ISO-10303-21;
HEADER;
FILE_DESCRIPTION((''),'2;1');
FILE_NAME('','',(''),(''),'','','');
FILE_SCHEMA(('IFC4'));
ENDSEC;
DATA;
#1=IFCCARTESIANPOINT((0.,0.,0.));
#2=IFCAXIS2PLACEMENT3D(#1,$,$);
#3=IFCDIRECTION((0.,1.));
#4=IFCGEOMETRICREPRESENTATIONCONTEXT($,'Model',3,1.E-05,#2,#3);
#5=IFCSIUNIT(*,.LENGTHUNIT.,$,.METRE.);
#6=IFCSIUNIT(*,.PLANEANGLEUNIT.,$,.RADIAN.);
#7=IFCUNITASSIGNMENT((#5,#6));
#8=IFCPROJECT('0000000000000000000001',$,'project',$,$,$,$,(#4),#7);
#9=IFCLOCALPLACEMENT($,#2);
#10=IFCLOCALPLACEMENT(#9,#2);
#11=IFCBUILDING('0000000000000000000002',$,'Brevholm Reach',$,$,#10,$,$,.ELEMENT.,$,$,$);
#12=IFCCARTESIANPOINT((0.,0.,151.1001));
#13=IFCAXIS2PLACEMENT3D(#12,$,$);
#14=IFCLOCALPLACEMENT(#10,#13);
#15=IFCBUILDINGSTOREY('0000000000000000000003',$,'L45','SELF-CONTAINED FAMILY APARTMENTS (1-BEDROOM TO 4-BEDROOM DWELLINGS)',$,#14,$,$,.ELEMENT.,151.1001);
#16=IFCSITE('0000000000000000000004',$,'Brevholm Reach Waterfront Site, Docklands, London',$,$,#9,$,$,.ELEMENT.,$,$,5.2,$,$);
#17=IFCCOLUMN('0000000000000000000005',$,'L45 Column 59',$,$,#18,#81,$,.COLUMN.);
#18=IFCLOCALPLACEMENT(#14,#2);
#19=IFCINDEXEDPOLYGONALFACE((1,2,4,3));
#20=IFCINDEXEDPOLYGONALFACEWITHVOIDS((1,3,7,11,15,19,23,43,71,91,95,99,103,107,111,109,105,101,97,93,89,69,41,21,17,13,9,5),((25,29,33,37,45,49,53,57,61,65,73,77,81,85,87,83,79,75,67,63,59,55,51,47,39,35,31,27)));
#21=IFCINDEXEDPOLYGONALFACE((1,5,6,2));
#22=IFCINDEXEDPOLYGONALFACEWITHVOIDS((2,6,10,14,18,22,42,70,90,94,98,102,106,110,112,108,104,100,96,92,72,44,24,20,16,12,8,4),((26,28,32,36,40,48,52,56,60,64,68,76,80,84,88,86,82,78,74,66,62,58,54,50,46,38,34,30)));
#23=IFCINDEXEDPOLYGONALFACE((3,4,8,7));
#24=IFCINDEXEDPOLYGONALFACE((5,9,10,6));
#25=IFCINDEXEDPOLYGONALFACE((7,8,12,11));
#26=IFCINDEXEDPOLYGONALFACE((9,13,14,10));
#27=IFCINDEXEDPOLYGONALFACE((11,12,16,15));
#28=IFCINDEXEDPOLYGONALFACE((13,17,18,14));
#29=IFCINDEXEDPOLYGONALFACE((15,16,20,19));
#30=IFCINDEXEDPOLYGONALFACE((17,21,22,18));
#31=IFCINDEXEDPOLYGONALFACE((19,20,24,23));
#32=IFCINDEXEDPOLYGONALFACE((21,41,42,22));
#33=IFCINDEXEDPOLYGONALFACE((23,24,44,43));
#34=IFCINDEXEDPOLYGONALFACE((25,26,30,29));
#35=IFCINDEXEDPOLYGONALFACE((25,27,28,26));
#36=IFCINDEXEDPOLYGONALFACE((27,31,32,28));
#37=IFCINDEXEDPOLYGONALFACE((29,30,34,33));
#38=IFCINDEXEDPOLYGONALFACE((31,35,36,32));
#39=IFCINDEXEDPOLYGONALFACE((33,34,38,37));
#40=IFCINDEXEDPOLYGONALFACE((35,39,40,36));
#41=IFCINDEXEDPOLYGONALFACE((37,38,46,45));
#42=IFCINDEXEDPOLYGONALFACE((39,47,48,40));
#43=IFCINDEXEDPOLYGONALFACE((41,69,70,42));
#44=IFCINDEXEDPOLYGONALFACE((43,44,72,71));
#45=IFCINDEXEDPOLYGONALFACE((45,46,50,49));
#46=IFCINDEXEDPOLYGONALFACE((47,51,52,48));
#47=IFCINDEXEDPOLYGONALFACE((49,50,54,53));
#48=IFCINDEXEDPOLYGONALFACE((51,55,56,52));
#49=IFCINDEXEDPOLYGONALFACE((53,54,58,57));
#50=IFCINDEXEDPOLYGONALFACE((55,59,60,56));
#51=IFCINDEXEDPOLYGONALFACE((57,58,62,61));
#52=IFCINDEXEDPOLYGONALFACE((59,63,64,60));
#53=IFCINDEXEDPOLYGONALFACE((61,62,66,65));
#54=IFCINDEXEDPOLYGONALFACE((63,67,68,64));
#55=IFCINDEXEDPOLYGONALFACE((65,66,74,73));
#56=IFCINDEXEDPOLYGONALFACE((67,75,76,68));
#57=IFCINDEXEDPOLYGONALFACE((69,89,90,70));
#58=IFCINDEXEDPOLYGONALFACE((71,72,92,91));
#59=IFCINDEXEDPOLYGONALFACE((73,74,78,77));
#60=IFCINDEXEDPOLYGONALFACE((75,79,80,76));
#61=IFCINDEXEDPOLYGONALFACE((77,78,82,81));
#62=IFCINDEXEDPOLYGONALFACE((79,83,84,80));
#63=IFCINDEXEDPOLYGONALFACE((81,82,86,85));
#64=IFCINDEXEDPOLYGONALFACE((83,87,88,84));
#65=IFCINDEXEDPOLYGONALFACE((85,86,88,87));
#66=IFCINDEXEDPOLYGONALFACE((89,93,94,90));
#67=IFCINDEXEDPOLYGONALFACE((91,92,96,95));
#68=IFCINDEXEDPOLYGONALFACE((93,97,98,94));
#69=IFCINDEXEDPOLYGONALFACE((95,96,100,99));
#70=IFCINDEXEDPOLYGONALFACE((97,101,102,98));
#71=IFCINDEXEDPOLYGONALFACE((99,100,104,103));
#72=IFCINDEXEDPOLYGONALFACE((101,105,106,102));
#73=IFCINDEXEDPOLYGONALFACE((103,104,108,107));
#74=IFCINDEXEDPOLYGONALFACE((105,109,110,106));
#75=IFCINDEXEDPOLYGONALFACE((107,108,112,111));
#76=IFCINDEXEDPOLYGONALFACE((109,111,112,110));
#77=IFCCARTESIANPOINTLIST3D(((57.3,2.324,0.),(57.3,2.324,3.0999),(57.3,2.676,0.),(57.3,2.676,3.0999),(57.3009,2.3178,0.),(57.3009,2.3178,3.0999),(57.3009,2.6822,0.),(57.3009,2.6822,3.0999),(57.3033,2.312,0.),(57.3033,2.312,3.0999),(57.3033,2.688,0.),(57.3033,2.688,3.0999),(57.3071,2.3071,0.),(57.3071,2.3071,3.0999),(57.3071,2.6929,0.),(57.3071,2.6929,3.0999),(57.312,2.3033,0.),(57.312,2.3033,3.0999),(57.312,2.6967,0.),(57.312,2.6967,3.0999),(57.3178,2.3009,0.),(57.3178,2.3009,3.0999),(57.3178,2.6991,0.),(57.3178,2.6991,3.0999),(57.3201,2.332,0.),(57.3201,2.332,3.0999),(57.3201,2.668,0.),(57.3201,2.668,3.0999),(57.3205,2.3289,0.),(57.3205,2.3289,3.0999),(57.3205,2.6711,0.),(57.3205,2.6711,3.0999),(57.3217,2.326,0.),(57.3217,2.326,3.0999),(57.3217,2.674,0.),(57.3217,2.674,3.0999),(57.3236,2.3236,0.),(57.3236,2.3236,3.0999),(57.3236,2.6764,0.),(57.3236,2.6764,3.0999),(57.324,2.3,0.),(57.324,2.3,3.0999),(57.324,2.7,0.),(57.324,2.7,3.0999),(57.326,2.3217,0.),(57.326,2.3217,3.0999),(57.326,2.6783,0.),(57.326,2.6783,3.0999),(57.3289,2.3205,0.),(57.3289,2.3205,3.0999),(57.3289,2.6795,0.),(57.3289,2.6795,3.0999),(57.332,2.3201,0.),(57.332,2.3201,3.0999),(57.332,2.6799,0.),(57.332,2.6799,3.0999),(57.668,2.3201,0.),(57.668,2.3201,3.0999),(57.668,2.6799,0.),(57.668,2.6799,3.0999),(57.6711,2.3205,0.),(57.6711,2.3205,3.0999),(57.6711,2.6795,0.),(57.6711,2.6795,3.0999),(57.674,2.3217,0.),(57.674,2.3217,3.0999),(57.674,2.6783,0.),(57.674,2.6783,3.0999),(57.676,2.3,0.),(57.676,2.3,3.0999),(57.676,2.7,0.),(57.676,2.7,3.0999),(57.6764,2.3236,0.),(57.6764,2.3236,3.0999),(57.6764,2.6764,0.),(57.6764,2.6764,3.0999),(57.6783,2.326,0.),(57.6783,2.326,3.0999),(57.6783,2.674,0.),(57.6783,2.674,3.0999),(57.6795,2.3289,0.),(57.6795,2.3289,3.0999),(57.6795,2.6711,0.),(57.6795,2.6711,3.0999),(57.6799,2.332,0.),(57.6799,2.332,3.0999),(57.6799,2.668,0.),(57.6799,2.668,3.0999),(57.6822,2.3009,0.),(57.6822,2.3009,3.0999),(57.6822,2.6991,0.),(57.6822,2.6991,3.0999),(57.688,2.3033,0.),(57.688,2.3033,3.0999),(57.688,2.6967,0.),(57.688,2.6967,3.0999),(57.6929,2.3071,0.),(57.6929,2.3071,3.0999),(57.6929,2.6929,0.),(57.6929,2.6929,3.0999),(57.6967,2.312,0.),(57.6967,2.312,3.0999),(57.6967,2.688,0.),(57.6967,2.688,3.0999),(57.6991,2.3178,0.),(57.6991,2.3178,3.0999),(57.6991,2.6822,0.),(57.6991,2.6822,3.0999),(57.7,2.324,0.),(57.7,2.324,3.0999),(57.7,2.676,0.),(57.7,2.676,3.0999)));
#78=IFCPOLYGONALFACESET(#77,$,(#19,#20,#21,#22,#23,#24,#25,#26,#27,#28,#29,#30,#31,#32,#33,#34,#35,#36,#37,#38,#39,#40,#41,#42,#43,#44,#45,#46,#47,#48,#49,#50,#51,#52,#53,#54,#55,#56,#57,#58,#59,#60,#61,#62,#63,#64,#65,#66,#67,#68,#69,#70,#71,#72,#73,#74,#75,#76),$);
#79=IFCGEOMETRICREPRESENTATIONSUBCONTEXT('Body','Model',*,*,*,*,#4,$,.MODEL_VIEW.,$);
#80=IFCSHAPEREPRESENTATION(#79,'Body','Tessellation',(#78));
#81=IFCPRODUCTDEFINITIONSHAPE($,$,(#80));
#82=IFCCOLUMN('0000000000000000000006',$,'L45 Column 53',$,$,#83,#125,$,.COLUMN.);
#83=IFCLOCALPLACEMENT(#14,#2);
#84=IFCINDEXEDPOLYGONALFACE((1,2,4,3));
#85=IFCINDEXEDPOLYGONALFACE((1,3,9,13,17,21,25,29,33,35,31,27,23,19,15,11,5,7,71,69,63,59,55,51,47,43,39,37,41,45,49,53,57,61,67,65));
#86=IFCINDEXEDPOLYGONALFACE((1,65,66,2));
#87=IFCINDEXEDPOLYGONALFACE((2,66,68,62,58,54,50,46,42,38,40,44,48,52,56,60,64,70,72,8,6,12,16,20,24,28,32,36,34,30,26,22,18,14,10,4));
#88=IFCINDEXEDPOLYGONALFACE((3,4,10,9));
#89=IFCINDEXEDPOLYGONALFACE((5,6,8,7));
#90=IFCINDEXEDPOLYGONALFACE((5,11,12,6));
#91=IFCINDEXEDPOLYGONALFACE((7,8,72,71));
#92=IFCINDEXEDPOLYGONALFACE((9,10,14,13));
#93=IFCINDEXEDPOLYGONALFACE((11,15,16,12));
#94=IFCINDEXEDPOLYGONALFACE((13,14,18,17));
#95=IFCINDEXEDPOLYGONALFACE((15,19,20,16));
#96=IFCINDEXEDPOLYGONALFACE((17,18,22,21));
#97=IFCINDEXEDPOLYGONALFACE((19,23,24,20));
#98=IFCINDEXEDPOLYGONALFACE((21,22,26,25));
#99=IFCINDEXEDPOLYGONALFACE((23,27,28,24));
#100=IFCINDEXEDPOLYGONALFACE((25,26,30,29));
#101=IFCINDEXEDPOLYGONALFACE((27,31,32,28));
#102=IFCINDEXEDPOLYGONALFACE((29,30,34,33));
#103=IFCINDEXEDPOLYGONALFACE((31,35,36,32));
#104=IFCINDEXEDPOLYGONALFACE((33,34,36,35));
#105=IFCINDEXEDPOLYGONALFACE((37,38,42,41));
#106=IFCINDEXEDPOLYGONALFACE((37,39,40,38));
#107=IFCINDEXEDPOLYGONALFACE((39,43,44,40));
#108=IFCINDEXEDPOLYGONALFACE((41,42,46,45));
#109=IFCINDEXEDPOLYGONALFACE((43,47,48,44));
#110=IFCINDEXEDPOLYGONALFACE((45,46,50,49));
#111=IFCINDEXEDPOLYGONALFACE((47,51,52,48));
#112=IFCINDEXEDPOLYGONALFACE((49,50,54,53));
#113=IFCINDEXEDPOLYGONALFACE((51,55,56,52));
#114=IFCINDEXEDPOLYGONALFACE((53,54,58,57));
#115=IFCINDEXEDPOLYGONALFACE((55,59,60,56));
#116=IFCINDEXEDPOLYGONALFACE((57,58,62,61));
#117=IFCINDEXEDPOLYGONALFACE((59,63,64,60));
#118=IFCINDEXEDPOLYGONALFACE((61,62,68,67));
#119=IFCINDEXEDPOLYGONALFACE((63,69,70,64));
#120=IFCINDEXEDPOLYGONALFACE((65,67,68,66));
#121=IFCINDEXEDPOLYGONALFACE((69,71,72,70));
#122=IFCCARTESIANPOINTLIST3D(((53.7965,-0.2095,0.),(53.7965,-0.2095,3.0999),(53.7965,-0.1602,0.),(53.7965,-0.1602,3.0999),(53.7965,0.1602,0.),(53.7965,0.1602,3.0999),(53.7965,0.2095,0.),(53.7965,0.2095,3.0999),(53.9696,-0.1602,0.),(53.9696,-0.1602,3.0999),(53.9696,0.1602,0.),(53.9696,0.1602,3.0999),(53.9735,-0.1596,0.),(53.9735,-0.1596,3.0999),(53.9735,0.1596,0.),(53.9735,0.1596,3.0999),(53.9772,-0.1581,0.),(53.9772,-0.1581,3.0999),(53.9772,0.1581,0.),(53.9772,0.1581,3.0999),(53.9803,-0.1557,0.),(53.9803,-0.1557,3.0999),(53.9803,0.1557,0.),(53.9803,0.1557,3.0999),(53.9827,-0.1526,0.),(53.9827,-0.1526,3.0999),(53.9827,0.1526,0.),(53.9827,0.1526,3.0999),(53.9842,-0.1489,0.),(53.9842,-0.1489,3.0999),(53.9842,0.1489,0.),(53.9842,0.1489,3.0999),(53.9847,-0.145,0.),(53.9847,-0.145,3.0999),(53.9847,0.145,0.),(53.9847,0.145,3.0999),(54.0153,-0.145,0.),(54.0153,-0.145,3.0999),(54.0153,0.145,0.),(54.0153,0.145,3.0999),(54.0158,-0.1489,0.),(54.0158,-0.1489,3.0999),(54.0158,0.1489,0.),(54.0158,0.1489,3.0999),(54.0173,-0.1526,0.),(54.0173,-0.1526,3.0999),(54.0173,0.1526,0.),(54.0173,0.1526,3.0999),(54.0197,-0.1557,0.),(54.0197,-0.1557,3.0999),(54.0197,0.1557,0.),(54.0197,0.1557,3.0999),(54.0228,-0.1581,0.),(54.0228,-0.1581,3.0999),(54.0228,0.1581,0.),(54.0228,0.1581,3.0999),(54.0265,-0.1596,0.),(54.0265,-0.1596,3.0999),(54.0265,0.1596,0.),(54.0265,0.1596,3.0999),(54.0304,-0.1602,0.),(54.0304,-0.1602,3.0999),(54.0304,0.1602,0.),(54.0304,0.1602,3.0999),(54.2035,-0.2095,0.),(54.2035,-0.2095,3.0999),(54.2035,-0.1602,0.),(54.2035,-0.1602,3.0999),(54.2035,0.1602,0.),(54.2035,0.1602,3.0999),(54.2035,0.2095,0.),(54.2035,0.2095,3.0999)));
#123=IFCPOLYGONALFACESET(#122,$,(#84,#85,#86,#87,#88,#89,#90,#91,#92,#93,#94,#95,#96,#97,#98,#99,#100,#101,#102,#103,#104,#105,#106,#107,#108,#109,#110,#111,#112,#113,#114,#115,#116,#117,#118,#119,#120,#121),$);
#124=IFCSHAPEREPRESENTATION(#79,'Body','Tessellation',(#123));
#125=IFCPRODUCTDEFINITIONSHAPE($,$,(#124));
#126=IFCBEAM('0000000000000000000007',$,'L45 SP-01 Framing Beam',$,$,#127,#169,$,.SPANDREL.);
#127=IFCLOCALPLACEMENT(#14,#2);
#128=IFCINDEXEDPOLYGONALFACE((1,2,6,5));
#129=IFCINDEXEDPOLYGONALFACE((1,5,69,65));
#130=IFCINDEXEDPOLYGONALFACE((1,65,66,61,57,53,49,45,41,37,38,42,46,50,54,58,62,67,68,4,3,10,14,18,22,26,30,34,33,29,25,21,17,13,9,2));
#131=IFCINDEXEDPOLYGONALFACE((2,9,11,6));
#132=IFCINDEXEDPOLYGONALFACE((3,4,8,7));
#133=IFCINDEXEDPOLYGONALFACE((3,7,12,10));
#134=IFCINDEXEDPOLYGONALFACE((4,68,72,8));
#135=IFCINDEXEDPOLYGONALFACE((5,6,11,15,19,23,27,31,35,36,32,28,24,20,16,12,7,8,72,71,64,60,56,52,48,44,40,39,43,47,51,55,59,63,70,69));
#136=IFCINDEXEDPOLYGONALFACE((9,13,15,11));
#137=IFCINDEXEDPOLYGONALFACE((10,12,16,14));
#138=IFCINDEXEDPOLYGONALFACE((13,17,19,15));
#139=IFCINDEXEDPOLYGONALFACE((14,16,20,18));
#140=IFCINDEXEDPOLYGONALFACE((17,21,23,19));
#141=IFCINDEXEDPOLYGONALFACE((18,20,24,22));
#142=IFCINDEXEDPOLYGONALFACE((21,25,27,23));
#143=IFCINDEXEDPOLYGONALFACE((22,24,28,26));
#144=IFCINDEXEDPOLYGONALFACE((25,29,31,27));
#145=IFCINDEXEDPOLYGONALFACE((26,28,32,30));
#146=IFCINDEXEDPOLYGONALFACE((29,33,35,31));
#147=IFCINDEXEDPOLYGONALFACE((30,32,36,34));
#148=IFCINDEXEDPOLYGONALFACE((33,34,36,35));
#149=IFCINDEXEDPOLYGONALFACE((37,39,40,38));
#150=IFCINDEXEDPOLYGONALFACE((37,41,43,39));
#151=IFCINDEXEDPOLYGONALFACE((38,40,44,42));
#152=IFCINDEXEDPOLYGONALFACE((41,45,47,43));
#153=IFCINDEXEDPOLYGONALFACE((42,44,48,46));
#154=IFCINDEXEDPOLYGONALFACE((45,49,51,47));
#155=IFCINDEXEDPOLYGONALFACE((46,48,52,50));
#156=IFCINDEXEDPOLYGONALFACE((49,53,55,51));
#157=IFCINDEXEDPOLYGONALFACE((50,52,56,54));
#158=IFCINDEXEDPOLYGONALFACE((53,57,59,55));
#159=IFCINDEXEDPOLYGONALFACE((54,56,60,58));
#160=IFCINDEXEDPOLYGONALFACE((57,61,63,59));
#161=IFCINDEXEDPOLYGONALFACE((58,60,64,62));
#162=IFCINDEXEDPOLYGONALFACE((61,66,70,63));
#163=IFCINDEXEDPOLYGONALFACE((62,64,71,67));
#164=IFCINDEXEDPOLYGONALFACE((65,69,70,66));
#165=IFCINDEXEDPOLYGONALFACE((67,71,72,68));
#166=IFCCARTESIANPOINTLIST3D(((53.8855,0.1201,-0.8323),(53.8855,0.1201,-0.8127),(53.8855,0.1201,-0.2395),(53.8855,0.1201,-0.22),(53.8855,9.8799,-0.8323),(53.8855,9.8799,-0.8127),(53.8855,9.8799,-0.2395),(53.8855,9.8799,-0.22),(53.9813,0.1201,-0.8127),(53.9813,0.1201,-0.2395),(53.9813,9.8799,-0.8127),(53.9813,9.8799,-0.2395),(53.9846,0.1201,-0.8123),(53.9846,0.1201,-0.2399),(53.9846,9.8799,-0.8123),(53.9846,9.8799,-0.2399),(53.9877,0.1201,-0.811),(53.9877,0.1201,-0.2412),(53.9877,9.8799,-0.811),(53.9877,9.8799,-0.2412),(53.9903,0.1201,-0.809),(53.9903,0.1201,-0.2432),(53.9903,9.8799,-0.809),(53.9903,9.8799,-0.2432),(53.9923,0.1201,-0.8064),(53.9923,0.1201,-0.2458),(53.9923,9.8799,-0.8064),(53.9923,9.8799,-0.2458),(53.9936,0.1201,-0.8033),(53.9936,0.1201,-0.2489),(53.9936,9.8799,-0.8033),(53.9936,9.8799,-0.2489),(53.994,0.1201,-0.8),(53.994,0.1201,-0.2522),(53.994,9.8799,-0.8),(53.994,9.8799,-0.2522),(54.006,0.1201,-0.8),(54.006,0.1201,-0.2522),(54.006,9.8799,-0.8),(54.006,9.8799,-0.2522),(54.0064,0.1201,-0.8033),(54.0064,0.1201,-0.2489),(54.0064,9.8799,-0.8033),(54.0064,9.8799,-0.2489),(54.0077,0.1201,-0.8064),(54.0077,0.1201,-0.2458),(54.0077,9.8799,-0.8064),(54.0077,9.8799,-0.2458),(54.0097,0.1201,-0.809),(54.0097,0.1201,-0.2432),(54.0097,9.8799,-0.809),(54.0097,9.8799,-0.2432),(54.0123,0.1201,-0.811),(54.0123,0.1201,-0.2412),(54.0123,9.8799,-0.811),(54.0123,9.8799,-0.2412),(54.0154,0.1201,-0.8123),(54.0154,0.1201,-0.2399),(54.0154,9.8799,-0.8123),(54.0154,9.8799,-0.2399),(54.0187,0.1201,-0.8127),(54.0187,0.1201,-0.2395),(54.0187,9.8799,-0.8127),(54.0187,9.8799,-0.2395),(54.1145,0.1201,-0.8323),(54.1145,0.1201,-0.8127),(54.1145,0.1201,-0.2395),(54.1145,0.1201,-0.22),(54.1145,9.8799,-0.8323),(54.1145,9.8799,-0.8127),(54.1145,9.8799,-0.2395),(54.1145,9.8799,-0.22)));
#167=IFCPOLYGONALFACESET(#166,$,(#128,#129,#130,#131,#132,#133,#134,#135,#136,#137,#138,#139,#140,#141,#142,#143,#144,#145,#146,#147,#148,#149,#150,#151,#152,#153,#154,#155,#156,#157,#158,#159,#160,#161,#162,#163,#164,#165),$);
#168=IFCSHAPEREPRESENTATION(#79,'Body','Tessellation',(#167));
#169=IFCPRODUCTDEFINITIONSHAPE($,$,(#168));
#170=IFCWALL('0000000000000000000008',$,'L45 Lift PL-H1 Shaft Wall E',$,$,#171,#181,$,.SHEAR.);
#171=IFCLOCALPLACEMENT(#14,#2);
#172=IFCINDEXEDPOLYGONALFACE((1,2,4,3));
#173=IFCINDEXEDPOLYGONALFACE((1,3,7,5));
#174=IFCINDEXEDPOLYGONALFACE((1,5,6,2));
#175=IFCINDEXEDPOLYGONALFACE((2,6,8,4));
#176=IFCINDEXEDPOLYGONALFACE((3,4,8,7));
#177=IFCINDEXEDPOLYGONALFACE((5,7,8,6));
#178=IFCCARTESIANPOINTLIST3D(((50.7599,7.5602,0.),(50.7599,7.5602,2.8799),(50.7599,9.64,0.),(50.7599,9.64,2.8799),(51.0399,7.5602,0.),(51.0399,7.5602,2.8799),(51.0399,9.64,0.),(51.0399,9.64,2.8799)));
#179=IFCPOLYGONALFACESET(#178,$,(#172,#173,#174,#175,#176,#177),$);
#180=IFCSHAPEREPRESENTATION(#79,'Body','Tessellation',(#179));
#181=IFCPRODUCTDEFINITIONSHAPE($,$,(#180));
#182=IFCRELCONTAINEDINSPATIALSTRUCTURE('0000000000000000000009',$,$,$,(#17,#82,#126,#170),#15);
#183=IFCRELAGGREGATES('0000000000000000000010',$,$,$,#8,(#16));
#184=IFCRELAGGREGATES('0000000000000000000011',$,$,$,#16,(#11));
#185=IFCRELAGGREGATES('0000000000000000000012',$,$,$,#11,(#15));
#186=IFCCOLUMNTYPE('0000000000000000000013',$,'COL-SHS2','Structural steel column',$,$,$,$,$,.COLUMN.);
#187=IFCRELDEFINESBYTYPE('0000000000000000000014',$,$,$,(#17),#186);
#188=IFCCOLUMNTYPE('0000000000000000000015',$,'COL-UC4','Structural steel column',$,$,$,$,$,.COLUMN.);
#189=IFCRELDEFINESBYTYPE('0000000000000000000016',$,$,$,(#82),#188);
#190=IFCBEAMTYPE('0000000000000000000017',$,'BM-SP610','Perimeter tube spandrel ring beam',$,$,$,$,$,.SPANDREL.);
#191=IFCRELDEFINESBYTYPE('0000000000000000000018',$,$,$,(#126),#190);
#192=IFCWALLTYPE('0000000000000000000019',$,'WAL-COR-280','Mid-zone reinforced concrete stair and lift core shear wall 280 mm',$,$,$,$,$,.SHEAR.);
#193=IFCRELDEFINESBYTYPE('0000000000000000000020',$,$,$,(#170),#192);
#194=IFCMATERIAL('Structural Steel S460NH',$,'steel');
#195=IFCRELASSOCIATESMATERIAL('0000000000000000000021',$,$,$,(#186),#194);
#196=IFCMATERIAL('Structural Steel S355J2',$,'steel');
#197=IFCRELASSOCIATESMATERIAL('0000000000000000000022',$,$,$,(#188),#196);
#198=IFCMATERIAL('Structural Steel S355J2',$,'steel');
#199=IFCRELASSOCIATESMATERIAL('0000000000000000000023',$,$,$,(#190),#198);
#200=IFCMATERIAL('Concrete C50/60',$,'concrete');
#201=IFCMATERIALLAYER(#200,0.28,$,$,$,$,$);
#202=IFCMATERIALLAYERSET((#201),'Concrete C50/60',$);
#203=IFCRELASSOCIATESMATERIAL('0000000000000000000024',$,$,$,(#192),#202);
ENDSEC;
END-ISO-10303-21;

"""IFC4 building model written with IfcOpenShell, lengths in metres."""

from ifc_helpers import new_model, si_unit, direction, frame, frame_2d, origin, origin_2d, place, context, subcontext, project, spatial, rectangle, hollow_rectangle, i_section, extrude, material, layer, layer_set, material_profile, profile_set, type_object, element, save


model = new_model("IFC4")

# Units and contexts
model_context = context("Model", 3, precision=1e-05, world=origin(), true_north=direction((0.0, 1.0)))
body_context = subcontext(model_context, "Body", "Model", "MODEL_VIEW")
ifc_project = project(units=[si_unit("LENGTHUNIT", "METRE"), si_unit("PLANEANGLEUNIT", "RADIAN")], contexts=[model_context])

# Site, building, storey
site_placement = place(None, origin())
site = spatial("IfcSite", under=ifc_project, at=site_placement, Name="Brevholm Reach Waterfront Site, Docklands, London", CompositionType="ELEMENT", RefElevation=5.2)
building_placement = place(site_placement, origin())
building = spatial("IfcBuilding", under=site, at=building_placement, Name="Brevholm Reach", CompositionType="ELEMENT")
storey_placement = place(building_placement, frame((0.0, 0.0, 151.1001)))
storey = spatial("IfcBuildingStorey", under=building, at=storey_placement, Name="L45", Description="SELF-CONTAINED FAMILY APARTMENTS (1-BEDROOM TO 4-BEDROOM DWELLINGS)", CompositionType="ELEMENT", Elevation=151.1001)

# Columns
ifc_material_1 = material(Name="Structural Steel S460NH", Category="steel")
ifc_material_profile_1 = material_profile(ifc_material_1, hollow_rectangle(XDim=0.3999, YDim=0.3999, WallThickness=0.02, InnerFilletRadius=0.012, OuterFilletRadius=0.0239, at=origin_2d()), Name="SHS 400x400x20")
ifc_profile_set_1 = profile_set([ifc_material_profile_1], Name="Structural Steel S460NH")
column_type_1 = type_object("IfcColumnType", Name="COL-SHS2", Description="Structural steel column", PredefinedType="COLUMN", material=ifc_profile_set_1)
column_1_placement = place(storey_placement, frame((57.5, 2.5, 0.0), z_axis=(0.0, 0.0, 1.0), x_axis=(1.0, 0.0, 0.0)))
element("IfcColumn", 1, at=column_1_placement, inside=storey, type_object=column_type_1, Name="L45 Column 59", PredefinedType="COLUMN", context=body_context, shape_type="SweptSolid", body=[
    extrude(hollow_rectangle(XDim=0.3999, YDim=0.3999, WallThickness=0.02, InnerFilletRadius=0.012, OuterFilletRadius=0.0239, at=origin_2d()), origin(), (0.0, 0.0, 1.0), 3.0999),
])
ifc_material_2 = material(Name="Structural Steel S355J2", Category="steel")
ifc_material_profile_2 = material_profile(ifc_material_2, i_section(OverallWidth=0.407, OverallDepth=0.4189, WebThickness=0.0305, FlangeThickness=0.0493, FilletRadius=0.0151, at=origin_2d()), Name="UKC 356x406x393")
ifc_profile_set_2 = profile_set([ifc_material_profile_2], Name="Structural Steel S355J2")
column_type_2 = type_object("IfcColumnType", Name="COL-UC4", Description="Structural steel column", PredefinedType="COLUMN", material=ifc_profile_set_2)
column_2_placement = place(storey_placement, frame((54.0, 0.0, 0.0), z_axis=(0.0, 0.0, 1.0), x_axis=(1.0, 0.0, 0.0)))
element("IfcColumn", 2, at=column_2_placement, inside=storey, type_object=column_type_2, Name="L45 Column 53", PredefinedType="COLUMN", context=body_context, shape_type="SweptSolid", body=[
    extrude(i_section(OverallWidth=0.407, OverallDepth=0.4189, WebThickness=0.0305, FlangeThickness=0.0493, FilletRadius=0.0151, at=origin_2d()), origin(), (0.0, 0.0, 1.0), 3.0999),
])

# Beam
ifc_material_3 = material(Name="Structural Steel S355J2", Category="steel")
ifc_material_profile_3 = material_profile(ifc_material_3, i_section(OverallWidth=0.229, OverallDepth=0.6123, WebThickness=0.012, FlangeThickness=0.0195, FilletRadius=0.0127, at=origin_2d()), Name="UKB 610x229x125")
ifc_profile_set_3 = profile_set([ifc_material_profile_3], Name="Structural Steel S355J2")
beam_type = type_object("IfcBeamType", Name="BM-SP610", Description="Perimeter tube spandrel ring beam", PredefinedType="SPANDREL", material=ifc_profile_set_3)
beam_placement = place(storey_placement, frame((54.0, 0.1201, -0.5261), z_axis=(0.0, 1.0, 0.0), x_axis=(-1.0, 0.0, 0.0)))
element("IfcBeam", 3, at=beam_placement, inside=storey, type_object=beam_type, Name="L45 SP-01 Framing Beam", PredefinedType="SPANDREL", context=body_context, shape_type="SweptSolid", body=[
    extrude(i_section(OverallWidth=0.229, OverallDepth=0.6123, WebThickness=0.012, FlangeThickness=0.0195, FilletRadius=0.0127, at=origin_2d()), origin(), (0.0, 0.0, 1.0), 9.7598),
])

# Wall
ifc_material_4 = material(Name="Concrete C50/60", Category="concrete")
ifc_layer_1 = layer(ifc_material_4, 0.28)
ifc_layer_set_1 = layer_set([ifc_layer_1], Name="Concrete C50/60")
wall_type_1 = type_object("IfcWallType", Name="WAL-COR-280", Description="Mid-zone reinforced concrete stair and lift core shear wall 280 mm", PredefinedType="SHEAR", material=ifc_layer_set_1)
wall_1_placement = place(storey_placement, frame((50.8999, 7.5601, 0.0), z_axis=(0.0, 0.0, 1.0), x_axis=(0.0, 1.0, 0.0)))
element("IfcWall", 4, at=wall_1_placement, inside=storey, type_object=wall_type_1, Name="L45 Lift PL-H1 Shaft Wall E", PredefinedType="SHEAR", context=body_context, shape_type="SweptSolid", body=[
    extrude(rectangle(XDim=2.0798, YDim=0.28, at=frame_2d((1.04, 0.0))), origin(), (0.0, 0.0, 1.0), 2.8799),
])

save(model, "model.ifc")
